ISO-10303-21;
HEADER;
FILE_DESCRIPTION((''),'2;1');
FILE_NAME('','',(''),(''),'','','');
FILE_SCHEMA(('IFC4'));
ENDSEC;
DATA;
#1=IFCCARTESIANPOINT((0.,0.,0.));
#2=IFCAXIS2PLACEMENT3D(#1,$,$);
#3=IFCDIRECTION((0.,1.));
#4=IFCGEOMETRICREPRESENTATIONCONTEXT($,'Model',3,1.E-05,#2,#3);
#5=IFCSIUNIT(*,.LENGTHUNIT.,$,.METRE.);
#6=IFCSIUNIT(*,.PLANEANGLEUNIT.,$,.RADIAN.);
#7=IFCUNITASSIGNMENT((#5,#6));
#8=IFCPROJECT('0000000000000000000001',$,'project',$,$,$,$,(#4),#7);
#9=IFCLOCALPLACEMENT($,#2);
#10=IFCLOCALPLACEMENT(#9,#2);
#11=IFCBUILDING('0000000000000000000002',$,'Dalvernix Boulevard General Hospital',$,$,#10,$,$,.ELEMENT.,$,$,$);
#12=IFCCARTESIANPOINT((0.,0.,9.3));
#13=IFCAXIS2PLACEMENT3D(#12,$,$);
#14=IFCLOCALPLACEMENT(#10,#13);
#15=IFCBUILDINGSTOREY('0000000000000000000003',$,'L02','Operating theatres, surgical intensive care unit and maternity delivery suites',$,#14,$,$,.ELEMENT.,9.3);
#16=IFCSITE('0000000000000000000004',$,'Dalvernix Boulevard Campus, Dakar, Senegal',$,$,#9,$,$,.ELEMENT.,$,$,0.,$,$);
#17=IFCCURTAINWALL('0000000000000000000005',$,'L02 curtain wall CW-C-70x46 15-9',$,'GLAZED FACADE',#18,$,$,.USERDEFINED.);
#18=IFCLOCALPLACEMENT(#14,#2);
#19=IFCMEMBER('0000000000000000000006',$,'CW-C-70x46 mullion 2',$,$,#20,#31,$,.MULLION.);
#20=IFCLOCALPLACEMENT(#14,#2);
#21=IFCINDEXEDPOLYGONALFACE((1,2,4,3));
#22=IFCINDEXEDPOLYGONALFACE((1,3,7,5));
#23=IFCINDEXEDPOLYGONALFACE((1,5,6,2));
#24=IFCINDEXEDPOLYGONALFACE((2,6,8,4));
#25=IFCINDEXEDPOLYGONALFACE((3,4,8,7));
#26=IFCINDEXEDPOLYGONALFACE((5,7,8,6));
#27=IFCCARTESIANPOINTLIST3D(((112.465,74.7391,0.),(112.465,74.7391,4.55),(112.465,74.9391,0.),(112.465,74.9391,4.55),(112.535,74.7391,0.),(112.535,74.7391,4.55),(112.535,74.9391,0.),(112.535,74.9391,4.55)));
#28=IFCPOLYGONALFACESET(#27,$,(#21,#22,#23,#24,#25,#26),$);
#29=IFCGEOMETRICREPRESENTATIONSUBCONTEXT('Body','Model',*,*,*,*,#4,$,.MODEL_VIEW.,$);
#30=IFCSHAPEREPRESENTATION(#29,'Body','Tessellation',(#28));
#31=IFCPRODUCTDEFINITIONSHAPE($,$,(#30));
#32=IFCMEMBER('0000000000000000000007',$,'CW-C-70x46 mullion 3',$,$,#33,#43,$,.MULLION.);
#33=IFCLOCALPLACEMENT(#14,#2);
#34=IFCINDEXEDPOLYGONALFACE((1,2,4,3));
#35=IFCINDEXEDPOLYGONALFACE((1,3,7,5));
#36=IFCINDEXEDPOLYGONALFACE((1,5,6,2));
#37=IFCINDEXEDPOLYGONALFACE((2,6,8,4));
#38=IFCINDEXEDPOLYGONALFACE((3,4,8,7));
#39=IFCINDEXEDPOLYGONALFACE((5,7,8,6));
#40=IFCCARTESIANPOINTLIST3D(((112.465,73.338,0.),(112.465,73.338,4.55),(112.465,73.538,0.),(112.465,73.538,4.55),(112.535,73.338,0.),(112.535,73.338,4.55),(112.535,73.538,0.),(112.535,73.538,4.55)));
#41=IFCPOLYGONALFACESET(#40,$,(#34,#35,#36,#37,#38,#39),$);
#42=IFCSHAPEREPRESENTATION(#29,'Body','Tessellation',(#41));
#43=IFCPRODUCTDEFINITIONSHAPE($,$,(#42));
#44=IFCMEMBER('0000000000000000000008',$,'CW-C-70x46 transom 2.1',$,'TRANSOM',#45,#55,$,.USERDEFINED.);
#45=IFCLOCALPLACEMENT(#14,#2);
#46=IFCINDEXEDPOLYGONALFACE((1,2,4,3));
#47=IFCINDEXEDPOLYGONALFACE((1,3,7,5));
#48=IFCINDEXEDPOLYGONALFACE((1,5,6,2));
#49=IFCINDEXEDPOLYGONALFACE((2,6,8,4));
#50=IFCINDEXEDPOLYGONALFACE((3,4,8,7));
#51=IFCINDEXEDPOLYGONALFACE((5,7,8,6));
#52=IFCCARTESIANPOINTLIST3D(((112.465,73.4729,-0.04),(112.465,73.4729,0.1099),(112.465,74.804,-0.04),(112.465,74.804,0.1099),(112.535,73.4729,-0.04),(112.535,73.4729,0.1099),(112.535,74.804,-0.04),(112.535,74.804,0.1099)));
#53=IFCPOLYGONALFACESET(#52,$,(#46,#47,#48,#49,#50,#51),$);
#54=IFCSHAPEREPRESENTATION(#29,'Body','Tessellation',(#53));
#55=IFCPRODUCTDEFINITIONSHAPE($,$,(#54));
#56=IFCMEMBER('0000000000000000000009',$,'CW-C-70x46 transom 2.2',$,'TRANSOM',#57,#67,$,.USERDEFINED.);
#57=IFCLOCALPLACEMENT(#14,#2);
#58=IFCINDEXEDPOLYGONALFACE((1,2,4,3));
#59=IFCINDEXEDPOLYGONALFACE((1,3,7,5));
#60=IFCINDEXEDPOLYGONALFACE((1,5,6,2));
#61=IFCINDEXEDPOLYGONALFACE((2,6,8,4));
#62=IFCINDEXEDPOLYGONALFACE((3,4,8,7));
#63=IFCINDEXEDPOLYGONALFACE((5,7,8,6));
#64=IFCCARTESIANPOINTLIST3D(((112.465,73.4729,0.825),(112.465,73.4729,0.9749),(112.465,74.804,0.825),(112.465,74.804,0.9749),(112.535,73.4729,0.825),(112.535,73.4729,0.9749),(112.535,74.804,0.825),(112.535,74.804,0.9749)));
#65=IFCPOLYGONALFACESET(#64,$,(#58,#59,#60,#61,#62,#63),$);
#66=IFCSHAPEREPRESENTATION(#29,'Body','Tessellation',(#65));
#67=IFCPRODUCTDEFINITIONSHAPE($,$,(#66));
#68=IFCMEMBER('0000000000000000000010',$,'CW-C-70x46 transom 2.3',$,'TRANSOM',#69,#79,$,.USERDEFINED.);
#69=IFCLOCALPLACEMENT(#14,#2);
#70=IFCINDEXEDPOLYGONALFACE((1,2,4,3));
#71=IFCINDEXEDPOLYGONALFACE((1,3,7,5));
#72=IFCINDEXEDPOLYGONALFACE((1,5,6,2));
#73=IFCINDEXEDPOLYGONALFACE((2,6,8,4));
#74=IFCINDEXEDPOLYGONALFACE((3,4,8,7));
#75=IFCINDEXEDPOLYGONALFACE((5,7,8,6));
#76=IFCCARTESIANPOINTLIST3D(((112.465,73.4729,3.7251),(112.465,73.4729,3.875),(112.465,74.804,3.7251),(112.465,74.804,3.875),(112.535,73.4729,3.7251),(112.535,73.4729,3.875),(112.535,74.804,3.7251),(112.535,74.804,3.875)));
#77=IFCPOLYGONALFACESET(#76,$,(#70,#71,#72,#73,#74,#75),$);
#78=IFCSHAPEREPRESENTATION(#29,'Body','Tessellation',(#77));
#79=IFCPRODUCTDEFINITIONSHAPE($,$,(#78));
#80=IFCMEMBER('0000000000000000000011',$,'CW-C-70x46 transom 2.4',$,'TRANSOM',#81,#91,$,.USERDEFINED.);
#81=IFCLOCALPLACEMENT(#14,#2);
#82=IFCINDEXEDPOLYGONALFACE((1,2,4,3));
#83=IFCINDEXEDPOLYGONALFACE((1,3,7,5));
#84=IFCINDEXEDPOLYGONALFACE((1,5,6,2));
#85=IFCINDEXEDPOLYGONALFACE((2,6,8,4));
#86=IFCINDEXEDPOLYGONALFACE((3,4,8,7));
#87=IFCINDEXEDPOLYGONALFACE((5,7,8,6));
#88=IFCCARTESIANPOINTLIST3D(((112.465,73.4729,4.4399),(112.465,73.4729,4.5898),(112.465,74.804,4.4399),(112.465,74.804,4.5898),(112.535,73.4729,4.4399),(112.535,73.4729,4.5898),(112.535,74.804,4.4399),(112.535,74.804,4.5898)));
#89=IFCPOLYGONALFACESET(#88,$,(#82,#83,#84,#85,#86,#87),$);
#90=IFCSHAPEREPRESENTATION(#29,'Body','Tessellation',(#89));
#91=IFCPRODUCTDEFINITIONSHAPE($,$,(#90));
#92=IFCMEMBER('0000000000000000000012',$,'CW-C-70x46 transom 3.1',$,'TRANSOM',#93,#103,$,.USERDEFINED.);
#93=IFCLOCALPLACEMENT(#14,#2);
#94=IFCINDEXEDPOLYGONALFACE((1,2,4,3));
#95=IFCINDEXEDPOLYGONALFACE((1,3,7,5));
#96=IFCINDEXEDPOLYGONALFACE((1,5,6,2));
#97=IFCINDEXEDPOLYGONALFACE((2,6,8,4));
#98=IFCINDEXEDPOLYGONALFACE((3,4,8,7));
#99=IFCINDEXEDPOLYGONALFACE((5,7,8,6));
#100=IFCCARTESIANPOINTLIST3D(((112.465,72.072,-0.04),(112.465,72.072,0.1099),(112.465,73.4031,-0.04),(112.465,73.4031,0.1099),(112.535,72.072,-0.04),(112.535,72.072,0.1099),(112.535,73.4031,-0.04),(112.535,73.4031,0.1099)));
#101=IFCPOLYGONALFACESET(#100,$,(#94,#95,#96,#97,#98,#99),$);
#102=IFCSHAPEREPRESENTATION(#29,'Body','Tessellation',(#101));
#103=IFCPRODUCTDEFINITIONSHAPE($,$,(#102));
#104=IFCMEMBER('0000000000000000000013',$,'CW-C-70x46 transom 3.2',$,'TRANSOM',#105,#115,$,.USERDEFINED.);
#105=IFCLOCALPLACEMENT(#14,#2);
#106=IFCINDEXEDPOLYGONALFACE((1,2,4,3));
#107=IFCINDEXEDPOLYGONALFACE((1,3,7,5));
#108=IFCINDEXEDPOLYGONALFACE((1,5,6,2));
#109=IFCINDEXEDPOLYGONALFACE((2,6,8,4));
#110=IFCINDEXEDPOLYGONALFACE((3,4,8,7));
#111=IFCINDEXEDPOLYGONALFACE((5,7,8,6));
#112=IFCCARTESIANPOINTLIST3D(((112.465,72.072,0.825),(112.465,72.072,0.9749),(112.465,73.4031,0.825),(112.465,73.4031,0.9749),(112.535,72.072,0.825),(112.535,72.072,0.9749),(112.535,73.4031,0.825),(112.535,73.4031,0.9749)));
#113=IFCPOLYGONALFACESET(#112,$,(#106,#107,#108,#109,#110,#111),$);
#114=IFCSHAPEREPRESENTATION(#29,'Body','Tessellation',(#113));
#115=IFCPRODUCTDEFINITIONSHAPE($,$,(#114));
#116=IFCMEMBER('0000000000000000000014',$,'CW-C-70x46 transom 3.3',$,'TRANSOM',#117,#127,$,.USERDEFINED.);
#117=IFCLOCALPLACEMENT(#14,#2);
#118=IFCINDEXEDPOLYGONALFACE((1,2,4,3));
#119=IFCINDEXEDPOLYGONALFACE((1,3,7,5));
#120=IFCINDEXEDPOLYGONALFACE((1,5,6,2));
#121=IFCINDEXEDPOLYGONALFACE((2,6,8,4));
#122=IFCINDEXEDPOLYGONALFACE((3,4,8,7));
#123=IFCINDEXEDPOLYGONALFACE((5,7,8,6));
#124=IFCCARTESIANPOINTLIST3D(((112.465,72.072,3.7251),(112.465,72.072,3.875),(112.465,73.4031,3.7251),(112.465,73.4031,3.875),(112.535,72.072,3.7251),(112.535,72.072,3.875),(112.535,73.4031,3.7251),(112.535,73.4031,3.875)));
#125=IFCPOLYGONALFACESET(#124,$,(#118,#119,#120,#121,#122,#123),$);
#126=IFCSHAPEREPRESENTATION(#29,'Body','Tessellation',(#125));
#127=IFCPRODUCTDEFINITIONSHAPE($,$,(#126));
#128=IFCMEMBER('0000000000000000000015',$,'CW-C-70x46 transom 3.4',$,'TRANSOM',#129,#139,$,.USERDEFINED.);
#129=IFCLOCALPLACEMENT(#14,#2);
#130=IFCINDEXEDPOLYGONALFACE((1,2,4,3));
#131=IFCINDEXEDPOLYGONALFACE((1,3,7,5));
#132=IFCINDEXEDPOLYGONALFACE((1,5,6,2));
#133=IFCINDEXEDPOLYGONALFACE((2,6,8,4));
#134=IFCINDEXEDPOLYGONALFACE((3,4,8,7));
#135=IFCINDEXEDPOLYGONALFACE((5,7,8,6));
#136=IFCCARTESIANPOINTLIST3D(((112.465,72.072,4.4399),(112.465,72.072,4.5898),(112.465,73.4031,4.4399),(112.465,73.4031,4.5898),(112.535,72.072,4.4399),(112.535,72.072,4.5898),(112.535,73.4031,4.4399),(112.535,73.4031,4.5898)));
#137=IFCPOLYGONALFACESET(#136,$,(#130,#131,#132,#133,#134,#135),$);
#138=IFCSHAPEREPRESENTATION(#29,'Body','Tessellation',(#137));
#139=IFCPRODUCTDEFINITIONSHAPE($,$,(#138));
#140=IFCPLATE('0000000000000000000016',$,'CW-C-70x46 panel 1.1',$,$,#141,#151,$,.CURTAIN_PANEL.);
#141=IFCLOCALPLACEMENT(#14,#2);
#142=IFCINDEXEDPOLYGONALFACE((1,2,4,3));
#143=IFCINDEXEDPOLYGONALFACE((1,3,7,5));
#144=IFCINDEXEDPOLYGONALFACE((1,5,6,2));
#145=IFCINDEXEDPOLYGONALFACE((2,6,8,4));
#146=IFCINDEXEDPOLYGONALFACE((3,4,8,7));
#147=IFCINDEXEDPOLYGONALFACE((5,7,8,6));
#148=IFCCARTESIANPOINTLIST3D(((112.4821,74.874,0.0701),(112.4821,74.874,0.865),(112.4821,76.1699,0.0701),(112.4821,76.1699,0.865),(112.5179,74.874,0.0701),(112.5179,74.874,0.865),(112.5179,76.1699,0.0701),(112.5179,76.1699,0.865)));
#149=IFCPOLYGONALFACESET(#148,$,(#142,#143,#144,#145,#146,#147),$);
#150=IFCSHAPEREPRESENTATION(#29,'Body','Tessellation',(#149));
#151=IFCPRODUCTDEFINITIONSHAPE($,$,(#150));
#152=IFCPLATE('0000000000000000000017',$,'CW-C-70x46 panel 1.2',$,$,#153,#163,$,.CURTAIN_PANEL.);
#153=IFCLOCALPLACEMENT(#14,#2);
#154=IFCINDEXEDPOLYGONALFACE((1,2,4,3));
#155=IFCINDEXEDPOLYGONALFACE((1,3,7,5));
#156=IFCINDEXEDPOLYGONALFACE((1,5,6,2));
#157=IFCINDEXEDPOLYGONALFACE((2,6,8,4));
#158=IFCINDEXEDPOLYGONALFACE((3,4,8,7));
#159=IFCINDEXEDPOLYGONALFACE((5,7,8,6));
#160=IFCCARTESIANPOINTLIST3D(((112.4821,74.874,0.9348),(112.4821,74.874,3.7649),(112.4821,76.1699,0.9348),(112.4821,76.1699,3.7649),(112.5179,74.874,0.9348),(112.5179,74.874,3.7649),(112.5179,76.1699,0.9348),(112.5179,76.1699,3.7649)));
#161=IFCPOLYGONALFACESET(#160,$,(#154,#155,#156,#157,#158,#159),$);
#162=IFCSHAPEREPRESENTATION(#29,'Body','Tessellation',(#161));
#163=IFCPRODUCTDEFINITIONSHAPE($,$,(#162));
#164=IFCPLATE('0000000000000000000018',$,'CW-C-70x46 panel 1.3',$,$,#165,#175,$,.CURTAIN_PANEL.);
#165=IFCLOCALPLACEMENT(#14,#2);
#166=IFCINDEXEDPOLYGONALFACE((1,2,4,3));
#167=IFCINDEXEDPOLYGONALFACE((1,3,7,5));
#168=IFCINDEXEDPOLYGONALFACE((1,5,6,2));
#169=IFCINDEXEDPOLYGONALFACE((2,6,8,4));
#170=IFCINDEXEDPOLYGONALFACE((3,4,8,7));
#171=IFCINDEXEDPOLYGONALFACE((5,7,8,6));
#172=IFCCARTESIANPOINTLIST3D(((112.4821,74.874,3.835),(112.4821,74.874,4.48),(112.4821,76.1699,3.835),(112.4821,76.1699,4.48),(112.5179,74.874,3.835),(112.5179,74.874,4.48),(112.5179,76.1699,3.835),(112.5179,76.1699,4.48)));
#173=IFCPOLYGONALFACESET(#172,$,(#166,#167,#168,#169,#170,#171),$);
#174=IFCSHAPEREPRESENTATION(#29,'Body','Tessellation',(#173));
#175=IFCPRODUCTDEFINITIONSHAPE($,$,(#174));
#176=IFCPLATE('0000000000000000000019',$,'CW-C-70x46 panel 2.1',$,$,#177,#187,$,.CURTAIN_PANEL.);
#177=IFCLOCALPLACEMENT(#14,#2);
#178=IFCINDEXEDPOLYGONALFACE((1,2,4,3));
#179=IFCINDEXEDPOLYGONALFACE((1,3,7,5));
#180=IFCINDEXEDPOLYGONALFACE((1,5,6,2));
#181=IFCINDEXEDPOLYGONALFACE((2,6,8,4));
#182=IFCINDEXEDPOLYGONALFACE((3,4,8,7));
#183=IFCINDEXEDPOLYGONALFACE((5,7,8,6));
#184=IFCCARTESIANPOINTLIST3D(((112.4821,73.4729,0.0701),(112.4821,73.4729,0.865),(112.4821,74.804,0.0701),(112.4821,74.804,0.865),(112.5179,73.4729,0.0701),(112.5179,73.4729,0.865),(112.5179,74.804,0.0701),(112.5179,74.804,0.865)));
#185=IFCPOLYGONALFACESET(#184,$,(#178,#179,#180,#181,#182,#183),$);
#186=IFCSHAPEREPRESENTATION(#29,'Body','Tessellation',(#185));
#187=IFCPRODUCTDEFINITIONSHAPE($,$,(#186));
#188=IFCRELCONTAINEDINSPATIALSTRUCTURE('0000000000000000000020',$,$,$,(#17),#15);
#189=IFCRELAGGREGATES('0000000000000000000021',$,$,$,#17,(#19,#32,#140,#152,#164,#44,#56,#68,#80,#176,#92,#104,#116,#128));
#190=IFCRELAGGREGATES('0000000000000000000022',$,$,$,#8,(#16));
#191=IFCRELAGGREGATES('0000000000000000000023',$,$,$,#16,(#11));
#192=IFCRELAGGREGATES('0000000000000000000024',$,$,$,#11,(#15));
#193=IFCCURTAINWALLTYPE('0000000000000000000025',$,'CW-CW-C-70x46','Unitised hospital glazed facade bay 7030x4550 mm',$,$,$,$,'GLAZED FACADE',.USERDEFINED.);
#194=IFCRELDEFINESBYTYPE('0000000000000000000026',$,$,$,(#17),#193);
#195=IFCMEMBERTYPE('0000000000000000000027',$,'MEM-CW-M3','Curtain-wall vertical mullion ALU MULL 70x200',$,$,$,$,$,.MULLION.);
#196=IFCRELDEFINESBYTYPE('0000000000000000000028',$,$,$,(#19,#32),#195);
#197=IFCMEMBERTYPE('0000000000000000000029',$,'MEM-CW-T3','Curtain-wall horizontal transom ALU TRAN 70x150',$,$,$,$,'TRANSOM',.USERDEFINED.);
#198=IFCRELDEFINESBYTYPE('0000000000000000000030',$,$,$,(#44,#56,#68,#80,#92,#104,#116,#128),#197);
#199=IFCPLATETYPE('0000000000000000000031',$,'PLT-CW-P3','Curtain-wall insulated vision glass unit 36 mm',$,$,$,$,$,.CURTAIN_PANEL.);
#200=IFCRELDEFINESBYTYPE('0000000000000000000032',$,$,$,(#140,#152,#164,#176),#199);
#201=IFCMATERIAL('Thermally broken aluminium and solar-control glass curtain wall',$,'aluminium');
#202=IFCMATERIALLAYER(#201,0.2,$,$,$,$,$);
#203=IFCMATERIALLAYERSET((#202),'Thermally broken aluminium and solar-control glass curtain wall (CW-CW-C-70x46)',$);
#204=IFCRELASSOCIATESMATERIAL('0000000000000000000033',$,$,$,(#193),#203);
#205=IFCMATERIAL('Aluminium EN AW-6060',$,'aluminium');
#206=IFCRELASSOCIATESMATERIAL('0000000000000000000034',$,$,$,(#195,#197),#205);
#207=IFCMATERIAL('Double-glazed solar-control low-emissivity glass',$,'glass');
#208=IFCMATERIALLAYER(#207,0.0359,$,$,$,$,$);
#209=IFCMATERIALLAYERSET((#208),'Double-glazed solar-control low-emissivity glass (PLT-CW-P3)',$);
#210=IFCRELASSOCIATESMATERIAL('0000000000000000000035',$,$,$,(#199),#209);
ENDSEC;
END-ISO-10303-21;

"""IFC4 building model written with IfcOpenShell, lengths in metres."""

from ifc_helpers import new_model, si_unit, direction, frame, origin, origin_2d, place, context, subcontext, project, spatial, rectangle, extrude, material, layer, layer_set, material_profile, profile_set, type_object, element, aggregate, save


model = new_model("IFC4")

# Units and contexts
model_context = context("Model", 3, precision=1e-05, world=origin(), true_north=direction((0.0, 1.0)))
body_context = subcontext(model_context, "Body", "Model", "MODEL_VIEW")
ifc_project = project(units=[si_unit("LENGTHUNIT", "METRE"), si_unit("PLANEANGLEUNIT", "RADIAN")], contexts=[model_context])

# Site, building, storey
site_placement = place(None, origin())
site = spatial("IfcSite", under=ifc_project, at=site_placement, Name="Dalvernix Boulevard Campus, Dakar, Senegal", CompositionType="ELEMENT", RefElevation=0.0)
building_placement = place(site_placement, origin())
building = spatial("IfcBuilding", under=site, at=building_placement, Name="Dalvernix Boulevard General Hospital", CompositionType="ELEMENT")
storey_placement = place(building_placement, frame((0.0, 0.0, 9.3)))
storey = spatial("IfcBuildingStorey", under=building, at=storey_placement, Name="L02", Description="Operating theatres, surgical intensive care unit and maternity delivery suites", CompositionType="ELEMENT", Elevation=9.3)

# Curtain wall, members, plates
ifc_material_1 = material(Name="Thermally broken aluminium and solar-control glass curtain wall", Category="aluminium")
ifc_layer_1 = layer(ifc_material_1, 0.2)
ifc_layer_set_1 = layer_set([ifc_layer_1], Name="Thermally broken aluminium and solar-control glass curtain wall (CW-CW-C-70x46)")
curtain_wall_type = type_object("IfcCurtainWallType", Name="CW-CW-C-70x46", Description="Unitised hospital glazed facade bay 7030x4550 mm", ElementType="GLAZED FACADE", PredefinedType="USERDEFINED", material=ifc_layer_set_1)
curtain_wall_placement = place(storey_placement, origin())
curtain_wall = element("IfcCurtainWall", 1, at=curtain_wall_placement, inside=storey, type_object=curtain_wall_type, Name="L02 curtain wall CW-C-70x46 15-9", ObjectType="GLAZED FACADE", PredefinedType="USERDEFINED")
ifc_material_2 = material(Name="Aluminium EN AW-6060", Category="aluminium")
ifc_material_profile_1 = material_profile(ifc_material_2, rectangle(XDim=0.0701, YDim=0.2, at=origin_2d()), Name="ALU MULL 70x200")
ifc_profile_set_1 = profile_set([ifc_material_profile_1], Name="Aluminium EN AW-6060")
member_type_1 = type_object("IfcMemberType", Name="MEM-CW-M3", Description="Curtain-wall vertical mullion ALU MULL 70x200", PredefinedType="MULLION", material=ifc_profile_set_1)
member_1_placement = place(storey_placement, frame((112.5, 74.8391, 0.0), z_axis=(0.0, 0.0, 1.0), x_axis=(1.0, 0.0, 0.0)))
member_1 = element("IfcMember", 2, at=member_1_placement, type_object=member_type_1, Name="CW-C-70x46 mullion 2", PredefinedType="MULLION", context=body_context, shape_type="SweptSolid", body=[
    extrude(rectangle(XDim=0.0701, YDim=0.2, at=origin_2d()), origin(), (0.0, 0.0, 1.0), 4.55),
])
member_2_placement = place(storey_placement, frame((112.5, 73.438, 0.0), z_axis=(0.0, 0.0, 1.0), x_axis=(1.0, 0.0, 0.0)))
member_2 = element("IfcMember", 3, at=member_2_placement, type_object=member_type_1, Name="CW-C-70x46 mullion 3", PredefinedType="MULLION", context=body_context, shape_type="SweptSolid", body=[
    extrude(rectangle(XDim=0.0701, YDim=0.2, at=origin_2d()), origin(), (0.0, 0.0, 1.0), 4.55),
])
ifc_material_profile_2 = material_profile(ifc_material_2, rectangle(XDim=0.0701, YDim=0.1499, at=origin_2d()), Name="ALU TRAN 70x150")
ifc_profile_set_2 = profile_set([ifc_material_profile_2], Name="Aluminium EN AW-6060")
member_type_2 = type_object("IfcMemberType", Name="MEM-CW-T3", Description="Curtain-wall horizontal transom ALU TRAN 70x150", ElementType="TRANSOM", PredefinedType="USERDEFINED", material=ifc_profile_set_2)
member_3_placement = place(storey_placement, frame((112.5, 74.804, 0.0349), z_axis=(0.0, -1.0, 0.0), x_axis=(1.0, 0.0, 0.0)))
member_3 = element("IfcMember", 4, at=member_3_placement, type_object=member_type_2, Name="CW-C-70x46 transom 2.1", ObjectType="TRANSOM", PredefinedType="USERDEFINED", context=body_context, shape_type="SweptSolid", body=[
    extrude(rectangle(XDim=0.0701, YDim=0.1499, at=origin_2d()), origin(), (0.0, 0.0, 1.0), 1.3311),
])
member_4_placement = place(storey_placement, frame((112.5, 74.804, 0.8999), z_axis=(0.0, -1.0, 0.0), x_axis=(1.0, 0.0, 0.0)))
member_4 = element("IfcMember", 5, at=member_4_placement, type_object=member_type_2, Name="CW-C-70x46 transom 2.2", ObjectType="TRANSOM", PredefinedType="USERDEFINED", context=body_context, shape_type="SweptSolid", body=[
    extrude(rectangle(XDim=0.0701, YDim=0.1499, at=origin_2d()), origin(), (0.0, 0.0, 1.0), 1.3311),
])
member_5_placement = place(storey_placement, frame((112.5, 74.804, 3.8), z_axis=(0.0, -1.0, 0.0), x_axis=(1.0, 0.0, 0.0)))
member_5 = element("IfcMember", 6, at=member_5_placement, type_object=member_type_2, Name="CW-C-70x46 transom 2.3", ObjectType="TRANSOM", PredefinedType="USERDEFINED", context=body_context, shape_type="SweptSolid", body=[
    extrude(rectangle(XDim=0.0701, YDim=0.1499, at=origin_2d()), origin(), (0.0, 0.0, 1.0), 1.3311),
])
member_6_placement = place(storey_placement, frame((112.5, 74.804, 4.5149), z_axis=(0.0, -1.0, 0.0), x_axis=(1.0, 0.0, 0.0)))
member_6 = element("IfcMember", 7, at=member_6_placement, type_object=member_type_2, Name="CW-C-70x46 transom 2.4", ObjectType="TRANSOM", PredefinedType="USERDEFINED", context=body_context, shape_type="SweptSolid", body=[
    extrude(rectangle(XDim=0.0701, YDim=0.1499, at=origin_2d()), origin(), (0.0, 0.0, 1.0), 1.3311),
])
member_7_placement = place(storey_placement, frame((112.5, 73.4031, 0.0349), z_axis=(0.0, -1.0, 0.0), x_axis=(1.0, 0.0, 0.0)))
member_7 = element("IfcMember", 8, at=member_7_placement, type_object=member_type_2, Name="CW-C-70x46 transom 3.1", ObjectType="TRANSOM", PredefinedType="USERDEFINED", context=body_context, shape_type="SweptSolid", body=[
    extrude(rectangle(XDim=0.0701, YDim=0.1499, at=origin_2d()), origin(), (0.0, 0.0, 1.0), 1.3311),
])
member_8_placement = place(storey_placement, frame((112.5, 73.4031, 0.8999), z_axis=(0.0, -1.0, 0.0), x_axis=(1.0, 0.0, 0.0)))
member_8 = element("IfcMember", 9, at=member_8_placement, type_object=member_type_2, Name="CW-C-70x46 transom 3.2", ObjectType="TRANSOM", PredefinedType="USERDEFINED", context=body_context, shape_type="SweptSolid", body=[
    extrude(rectangle(XDim=0.0701, YDim=0.1499, at=origin_2d()), origin(), (0.0, 0.0, 1.0), 1.3311),
])
member_9_placement = place(storey_placement, frame((112.5, 73.4031, 3.8), z_axis=(0.0, -1.0, 0.0), x_axis=(1.0, 0.0, 0.0)))
member_9 = element("IfcMember", 10, at=member_9_placement, type_object=member_type_2, Name="CW-C-70x46 transom 3.3", ObjectType="TRANSOM", PredefinedType="USERDEFINED", context=body_context, shape_type="SweptSolid", body=[
    extrude(rectangle(XDim=0.0701, YDim=0.1499, at=origin_2d()), origin(), (0.0, 0.0, 1.0), 1.3311),
])
member_10_placement = place(storey_placement, frame((112.5, 73.4031, 4.5149), z_axis=(0.0, -1.0, 0.0), x_axis=(1.0, 0.0, 0.0)))
member_10 = element("IfcMember", 11, at=member_10_placement, type_object=member_type_2, Name="CW-C-70x46 transom 3.4", ObjectType="TRANSOM", PredefinedType="USERDEFINED", context=body_context, shape_type="SweptSolid", body=[
    extrude(rectangle(XDim=0.0701, YDim=0.1499, at=origin_2d()), origin(), (0.0, 0.0, 1.0), 1.3311),
])
ifc_material_3 = material(Name="Double-glazed solar-control low-emissivity glass", Category="glass")
ifc_layer_2 = layer(ifc_material_3, 0.0359)
ifc_layer_set_2 = layer_set([ifc_layer_2], Name="Double-glazed solar-control low-emissivity glass (PLT-CW-P3)")
plate_type = type_object("IfcPlateType", Name="PLT-CW-P3", Description="Curtain-wall insulated vision glass unit 36 mm", PredefinedType="CURTAIN_PANEL", material=ifc_layer_set_2)
plate_1_placement = place(storey_placement, frame((112.5, 75.522, 0.0701), z_axis=(0.0, 0.0, 1.0), x_axis=(0.0, -1.0, 0.0)))
plate_1 = element("IfcPlate", 12, at=plate_1_placement, type_object=plate_type, Name="CW-C-70x46 panel 1.1", PredefinedType="CURTAIN_PANEL", context=body_context, shape_type="SweptSolid", body=[
    extrude(rectangle(XDim=1.2959, YDim=0.0359, at=origin_2d()), origin(), (0.0, 0.0, 1.0), 0.7949),
])
plate_2_placement = place(storey_placement, frame((112.5, 75.522, 0.9348), z_axis=(0.0, 0.0, 1.0), x_axis=(0.0, -1.0, 0.0)))
plate_2 = element("IfcPlate", 13, at=plate_2_placement, type_object=plate_type, Name="CW-C-70x46 panel 1.2", PredefinedType="CURTAIN_PANEL", context=body_context, shape_type="SweptSolid", body=[
    extrude(rectangle(XDim=1.2959, YDim=0.0359, at=origin_2d()), origin(), (0.0, 0.0, 1.0), 2.8301),
])
plate_3_placement = place(storey_placement, frame((112.5, 75.522, 3.835), z_axis=(0.0, 0.0, 1.0), x_axis=(0.0, -1.0, 0.0)))
plate_3 = element("IfcPlate", 14, at=plate_3_placement, type_object=plate_type, Name="CW-C-70x46 panel 1.3", PredefinedType="CURTAIN_PANEL", context=body_context, shape_type="SweptSolid", body=[
    extrude(rectangle(XDim=1.2959, YDim=0.0359, at=origin_2d()), origin(), (0.0, 0.0, 1.0), 0.645),
])
plate_4_placement = place(storey_placement, frame((112.5, 74.1384, 0.0701), z_axis=(0.0, 0.0, 1.0), x_axis=(0.0, -1.0, 0.0)))
plate_4 = element("IfcPlate", 15, at=plate_4_placement, type_object=plate_type, Name="CW-C-70x46 panel 2.1", PredefinedType="CURTAIN_PANEL", context=body_context, shape_type="SweptSolid", body=[
    extrude(rectangle(XDim=1.3311, YDim=0.0359, at=origin_2d()), origin(), (0.0, 0.0, 1.0), 0.7949),
])
aggregate(curtain_wall, [member_1, member_2, plate_1, plate_2, plate_3, member_3, member_4, member_5, member_6, plate_4, member_7, member_8, member_9, member_10])

save(model, "model.ifc")
